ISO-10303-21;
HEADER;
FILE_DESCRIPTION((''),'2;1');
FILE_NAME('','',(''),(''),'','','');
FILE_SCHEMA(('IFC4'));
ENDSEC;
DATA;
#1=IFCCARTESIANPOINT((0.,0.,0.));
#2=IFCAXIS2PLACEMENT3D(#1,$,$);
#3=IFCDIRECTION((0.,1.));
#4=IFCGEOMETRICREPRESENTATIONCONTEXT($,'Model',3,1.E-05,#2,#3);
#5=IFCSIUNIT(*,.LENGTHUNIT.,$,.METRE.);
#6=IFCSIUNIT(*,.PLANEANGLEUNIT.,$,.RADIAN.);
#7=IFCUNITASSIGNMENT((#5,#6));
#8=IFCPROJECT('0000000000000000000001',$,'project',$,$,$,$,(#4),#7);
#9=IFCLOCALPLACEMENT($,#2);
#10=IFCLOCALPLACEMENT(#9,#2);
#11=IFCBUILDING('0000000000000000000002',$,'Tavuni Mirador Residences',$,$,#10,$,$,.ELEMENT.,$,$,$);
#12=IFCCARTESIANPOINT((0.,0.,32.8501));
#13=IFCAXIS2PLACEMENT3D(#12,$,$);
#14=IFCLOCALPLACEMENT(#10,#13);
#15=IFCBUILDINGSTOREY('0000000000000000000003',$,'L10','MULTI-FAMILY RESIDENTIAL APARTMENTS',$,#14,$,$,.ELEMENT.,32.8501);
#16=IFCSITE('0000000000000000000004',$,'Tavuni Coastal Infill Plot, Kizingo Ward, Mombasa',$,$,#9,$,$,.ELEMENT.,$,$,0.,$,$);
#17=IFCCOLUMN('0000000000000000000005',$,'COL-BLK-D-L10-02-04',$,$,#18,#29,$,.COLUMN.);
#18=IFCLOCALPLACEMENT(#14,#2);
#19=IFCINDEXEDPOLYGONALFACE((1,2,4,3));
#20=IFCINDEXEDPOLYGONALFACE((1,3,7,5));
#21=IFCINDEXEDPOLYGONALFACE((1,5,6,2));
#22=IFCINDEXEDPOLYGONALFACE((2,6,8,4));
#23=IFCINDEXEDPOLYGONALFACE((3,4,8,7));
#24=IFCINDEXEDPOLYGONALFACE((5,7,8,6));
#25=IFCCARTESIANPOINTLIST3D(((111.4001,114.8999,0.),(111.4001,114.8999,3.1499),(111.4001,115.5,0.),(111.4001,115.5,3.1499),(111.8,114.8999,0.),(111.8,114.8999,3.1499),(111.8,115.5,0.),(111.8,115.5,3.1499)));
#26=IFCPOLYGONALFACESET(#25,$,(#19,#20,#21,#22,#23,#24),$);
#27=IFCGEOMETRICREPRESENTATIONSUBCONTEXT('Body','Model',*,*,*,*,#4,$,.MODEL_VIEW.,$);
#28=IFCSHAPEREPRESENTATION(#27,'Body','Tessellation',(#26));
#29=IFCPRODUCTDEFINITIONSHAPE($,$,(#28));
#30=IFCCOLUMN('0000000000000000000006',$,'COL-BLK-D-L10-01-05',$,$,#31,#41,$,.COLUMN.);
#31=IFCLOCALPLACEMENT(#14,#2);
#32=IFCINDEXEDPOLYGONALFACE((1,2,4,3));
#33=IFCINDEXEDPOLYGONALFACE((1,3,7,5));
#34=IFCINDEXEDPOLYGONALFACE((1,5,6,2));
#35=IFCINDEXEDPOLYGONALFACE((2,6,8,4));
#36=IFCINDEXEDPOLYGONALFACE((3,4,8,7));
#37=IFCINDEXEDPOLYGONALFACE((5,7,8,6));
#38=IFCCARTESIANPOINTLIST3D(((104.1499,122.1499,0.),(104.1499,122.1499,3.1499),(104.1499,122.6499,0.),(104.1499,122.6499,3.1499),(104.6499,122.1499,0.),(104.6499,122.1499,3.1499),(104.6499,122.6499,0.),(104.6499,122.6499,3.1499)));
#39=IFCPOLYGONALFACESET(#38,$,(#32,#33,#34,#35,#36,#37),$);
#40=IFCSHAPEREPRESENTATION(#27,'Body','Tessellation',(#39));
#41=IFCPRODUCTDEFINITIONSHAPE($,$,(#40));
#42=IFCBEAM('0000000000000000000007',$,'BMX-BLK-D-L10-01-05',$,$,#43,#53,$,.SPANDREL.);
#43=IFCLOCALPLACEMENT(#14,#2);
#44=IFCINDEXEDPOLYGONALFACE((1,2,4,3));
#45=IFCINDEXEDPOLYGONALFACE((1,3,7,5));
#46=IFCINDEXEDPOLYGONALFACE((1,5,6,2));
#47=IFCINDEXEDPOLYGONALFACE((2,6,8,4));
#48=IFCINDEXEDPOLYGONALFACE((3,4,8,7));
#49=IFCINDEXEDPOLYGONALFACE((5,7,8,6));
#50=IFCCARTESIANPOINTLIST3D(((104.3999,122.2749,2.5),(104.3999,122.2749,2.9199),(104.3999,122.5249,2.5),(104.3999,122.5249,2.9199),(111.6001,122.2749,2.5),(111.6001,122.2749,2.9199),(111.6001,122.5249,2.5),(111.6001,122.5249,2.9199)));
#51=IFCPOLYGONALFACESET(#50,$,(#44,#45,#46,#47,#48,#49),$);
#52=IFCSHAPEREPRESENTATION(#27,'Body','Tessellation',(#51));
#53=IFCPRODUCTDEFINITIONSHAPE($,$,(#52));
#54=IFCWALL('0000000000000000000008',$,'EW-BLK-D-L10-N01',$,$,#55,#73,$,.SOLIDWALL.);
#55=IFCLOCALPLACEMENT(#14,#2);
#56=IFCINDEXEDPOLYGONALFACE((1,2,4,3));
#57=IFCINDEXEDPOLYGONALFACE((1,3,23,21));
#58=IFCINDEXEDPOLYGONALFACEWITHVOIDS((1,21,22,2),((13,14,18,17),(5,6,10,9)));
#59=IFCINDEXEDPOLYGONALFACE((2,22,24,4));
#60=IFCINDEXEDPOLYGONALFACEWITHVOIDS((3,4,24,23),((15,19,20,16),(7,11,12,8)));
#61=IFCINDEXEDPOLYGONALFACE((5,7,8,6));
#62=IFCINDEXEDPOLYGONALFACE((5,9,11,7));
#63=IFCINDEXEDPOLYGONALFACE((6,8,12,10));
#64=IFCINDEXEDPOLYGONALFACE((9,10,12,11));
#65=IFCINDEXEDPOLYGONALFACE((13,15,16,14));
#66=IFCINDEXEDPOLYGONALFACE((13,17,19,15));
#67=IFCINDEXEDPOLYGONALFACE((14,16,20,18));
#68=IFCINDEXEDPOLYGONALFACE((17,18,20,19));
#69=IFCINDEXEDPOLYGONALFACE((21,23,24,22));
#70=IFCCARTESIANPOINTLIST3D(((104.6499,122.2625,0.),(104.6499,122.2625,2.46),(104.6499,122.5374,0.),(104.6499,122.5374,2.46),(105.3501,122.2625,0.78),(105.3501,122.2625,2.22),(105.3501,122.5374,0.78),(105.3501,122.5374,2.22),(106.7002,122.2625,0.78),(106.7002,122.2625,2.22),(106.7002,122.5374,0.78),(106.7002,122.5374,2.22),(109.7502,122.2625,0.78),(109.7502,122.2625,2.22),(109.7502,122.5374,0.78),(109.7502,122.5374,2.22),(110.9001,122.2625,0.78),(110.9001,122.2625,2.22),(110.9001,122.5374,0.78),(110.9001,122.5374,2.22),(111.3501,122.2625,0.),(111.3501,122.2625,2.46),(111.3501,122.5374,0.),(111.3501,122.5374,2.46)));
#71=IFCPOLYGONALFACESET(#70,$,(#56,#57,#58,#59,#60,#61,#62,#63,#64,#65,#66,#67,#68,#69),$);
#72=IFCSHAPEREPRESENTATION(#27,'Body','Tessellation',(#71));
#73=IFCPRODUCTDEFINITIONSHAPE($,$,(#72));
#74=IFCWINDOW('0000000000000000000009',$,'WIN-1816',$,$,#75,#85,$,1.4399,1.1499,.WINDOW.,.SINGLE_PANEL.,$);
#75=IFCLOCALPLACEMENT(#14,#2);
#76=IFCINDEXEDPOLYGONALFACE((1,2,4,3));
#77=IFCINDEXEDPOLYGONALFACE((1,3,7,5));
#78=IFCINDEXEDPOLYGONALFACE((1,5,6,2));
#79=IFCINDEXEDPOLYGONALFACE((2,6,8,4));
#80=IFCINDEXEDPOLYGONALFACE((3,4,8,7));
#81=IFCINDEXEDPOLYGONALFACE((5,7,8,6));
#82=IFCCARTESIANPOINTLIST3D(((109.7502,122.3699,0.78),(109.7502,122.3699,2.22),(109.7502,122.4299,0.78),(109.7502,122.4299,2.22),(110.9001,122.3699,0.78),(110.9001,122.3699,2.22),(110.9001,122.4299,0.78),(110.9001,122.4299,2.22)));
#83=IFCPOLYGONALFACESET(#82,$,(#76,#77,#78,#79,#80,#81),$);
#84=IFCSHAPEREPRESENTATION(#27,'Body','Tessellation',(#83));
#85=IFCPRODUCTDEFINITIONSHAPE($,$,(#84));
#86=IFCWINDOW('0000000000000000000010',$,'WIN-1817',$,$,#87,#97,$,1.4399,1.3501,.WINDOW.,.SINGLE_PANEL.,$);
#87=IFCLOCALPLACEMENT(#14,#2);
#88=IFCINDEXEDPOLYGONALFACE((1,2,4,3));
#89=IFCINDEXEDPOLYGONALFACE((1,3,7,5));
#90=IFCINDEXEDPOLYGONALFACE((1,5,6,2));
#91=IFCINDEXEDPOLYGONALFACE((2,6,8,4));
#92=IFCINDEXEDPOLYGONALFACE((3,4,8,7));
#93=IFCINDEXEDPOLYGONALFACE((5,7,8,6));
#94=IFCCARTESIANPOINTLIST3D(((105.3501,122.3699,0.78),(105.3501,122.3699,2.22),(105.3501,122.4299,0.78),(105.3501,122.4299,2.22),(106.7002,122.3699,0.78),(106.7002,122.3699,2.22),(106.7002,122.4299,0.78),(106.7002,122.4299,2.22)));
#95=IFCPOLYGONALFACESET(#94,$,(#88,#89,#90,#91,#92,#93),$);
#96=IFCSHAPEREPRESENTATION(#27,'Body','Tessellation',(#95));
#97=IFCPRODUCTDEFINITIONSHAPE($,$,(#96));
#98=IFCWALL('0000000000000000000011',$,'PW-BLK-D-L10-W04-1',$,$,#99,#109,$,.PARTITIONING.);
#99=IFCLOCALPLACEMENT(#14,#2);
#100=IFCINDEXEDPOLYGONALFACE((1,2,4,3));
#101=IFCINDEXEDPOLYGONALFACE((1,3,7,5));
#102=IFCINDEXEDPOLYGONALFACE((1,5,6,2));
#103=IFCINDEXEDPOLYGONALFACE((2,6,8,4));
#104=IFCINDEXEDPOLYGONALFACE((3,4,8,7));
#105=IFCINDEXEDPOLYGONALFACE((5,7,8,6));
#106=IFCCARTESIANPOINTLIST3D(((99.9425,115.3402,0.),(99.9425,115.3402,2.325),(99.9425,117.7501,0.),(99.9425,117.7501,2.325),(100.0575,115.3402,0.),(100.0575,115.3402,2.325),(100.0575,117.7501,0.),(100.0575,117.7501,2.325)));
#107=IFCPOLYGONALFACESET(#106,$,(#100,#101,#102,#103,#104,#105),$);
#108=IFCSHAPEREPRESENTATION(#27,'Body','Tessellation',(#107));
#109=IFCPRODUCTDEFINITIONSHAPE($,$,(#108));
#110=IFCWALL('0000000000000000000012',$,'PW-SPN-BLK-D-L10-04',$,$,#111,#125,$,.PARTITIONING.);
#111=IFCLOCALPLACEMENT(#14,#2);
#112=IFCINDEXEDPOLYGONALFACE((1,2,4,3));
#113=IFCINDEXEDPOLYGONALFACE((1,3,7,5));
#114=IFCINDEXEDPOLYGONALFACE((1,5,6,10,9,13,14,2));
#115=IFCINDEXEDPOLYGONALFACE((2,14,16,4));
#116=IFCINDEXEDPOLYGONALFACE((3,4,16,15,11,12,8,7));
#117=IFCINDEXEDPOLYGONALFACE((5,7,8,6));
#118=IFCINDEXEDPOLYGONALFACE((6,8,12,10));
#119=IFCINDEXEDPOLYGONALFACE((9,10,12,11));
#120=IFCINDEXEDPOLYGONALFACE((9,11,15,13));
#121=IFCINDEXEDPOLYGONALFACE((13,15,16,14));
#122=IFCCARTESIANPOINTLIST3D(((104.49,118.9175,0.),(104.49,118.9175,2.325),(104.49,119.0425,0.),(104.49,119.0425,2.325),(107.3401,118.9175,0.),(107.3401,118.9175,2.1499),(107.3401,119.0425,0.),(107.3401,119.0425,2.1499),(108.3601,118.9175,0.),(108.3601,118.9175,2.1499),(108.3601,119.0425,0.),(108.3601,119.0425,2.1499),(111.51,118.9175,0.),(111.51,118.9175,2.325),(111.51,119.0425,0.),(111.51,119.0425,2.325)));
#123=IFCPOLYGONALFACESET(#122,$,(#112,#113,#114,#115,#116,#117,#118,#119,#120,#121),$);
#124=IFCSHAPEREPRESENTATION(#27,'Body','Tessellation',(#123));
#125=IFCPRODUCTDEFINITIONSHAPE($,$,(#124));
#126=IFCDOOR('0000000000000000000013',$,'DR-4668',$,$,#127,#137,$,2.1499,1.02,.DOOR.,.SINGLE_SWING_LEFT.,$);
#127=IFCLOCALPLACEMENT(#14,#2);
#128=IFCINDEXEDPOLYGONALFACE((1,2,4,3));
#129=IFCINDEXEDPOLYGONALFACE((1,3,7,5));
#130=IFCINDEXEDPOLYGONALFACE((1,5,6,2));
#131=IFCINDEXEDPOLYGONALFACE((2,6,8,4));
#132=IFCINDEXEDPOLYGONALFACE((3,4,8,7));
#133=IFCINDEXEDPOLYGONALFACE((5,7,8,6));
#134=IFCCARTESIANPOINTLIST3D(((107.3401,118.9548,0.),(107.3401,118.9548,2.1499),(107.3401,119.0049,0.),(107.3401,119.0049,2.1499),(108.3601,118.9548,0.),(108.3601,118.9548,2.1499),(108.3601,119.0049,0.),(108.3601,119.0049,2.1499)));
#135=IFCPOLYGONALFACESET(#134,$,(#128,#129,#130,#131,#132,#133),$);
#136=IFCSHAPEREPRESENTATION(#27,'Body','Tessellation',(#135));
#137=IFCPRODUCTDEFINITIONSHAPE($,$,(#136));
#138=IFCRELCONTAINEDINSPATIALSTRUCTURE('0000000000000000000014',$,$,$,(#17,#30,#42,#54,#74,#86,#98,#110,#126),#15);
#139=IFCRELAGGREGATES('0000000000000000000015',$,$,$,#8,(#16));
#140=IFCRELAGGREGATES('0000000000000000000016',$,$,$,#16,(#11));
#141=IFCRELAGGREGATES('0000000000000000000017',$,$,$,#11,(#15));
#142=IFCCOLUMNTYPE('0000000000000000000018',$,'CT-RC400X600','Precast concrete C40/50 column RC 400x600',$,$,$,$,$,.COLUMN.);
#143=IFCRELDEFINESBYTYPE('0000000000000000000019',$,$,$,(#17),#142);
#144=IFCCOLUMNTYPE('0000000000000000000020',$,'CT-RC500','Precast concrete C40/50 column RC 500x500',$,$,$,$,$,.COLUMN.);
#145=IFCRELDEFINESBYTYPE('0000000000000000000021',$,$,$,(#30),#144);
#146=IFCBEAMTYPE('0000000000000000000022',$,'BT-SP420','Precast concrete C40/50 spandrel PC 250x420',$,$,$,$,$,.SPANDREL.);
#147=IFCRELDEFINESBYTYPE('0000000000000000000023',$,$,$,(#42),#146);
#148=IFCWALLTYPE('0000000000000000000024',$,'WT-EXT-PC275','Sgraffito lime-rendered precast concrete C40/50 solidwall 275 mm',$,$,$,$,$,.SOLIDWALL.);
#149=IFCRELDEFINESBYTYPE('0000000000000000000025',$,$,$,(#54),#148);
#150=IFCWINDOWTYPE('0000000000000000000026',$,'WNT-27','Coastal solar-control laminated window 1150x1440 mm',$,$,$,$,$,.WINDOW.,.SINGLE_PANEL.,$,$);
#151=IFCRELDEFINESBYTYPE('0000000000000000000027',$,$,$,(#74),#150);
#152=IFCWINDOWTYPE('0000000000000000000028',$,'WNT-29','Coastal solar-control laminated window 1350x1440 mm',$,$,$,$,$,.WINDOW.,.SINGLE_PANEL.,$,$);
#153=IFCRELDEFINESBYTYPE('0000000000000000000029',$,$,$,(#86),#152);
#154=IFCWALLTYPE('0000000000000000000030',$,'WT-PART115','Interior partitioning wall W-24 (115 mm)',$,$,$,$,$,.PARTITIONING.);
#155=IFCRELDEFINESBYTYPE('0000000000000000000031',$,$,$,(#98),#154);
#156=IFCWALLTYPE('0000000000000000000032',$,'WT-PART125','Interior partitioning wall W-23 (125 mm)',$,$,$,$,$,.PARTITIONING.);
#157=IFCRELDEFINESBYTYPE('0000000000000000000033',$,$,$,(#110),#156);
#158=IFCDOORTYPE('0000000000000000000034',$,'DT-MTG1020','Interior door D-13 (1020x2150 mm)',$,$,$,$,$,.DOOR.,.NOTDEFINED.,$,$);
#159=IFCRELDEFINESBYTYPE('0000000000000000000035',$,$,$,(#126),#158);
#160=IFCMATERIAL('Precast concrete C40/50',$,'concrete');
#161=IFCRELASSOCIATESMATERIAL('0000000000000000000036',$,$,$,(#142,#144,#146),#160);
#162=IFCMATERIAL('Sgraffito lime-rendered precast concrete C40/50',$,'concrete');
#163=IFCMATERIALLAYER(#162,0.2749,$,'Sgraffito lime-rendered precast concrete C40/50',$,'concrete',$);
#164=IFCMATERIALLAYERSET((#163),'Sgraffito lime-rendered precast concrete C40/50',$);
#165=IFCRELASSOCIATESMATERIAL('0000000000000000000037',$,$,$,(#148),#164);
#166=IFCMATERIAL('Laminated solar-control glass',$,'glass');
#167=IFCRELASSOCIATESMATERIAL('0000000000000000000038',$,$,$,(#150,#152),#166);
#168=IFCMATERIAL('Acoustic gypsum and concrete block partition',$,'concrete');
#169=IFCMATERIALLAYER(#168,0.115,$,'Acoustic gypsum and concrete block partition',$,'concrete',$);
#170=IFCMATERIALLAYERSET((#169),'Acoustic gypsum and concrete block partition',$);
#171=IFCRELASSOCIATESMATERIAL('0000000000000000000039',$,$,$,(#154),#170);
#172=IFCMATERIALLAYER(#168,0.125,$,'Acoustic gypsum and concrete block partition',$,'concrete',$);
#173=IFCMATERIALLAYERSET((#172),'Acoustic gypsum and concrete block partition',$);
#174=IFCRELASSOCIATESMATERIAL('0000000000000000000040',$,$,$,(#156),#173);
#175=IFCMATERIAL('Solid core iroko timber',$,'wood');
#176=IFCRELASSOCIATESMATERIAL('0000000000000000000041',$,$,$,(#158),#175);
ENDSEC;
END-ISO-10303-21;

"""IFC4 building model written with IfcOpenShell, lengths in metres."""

from ifc_helpers import new_model, si_unit, direction, frame, frame_2d, origin, origin_2d, place, context, subcontext, project, spatial, rectangle, extrude, material, layer, layer_set, material_profile, profile_set, type_object, element, fill, save


model = new_model("IFC4")

# Units and contexts
model_context = context("Model", 3, precision=1e-05, world=origin(), true_north=direction((0.0, 1.0)))
body_context = subcontext(model_context, "Body", "Model", "MODEL_VIEW")
ifc_project = project(units=[si_unit("LENGTHUNIT", "METRE"), si_unit("PLANEANGLEUNIT", "RADIAN")], contexts=[model_context])

# Site, building, storey
site_placement = place(None, origin())
site = spatial("IfcSite", under=ifc_project, at=site_placement, Name="Tavuni Coastal Infill Plot, Kizingo Ward, Mombasa", CompositionType="ELEMENT", RefElevation=0.0)
building_placement = place(site_placement, origin())
building = spatial("IfcBuilding", under=site, at=building_placement, Name="Tavuni Mirador Residences", CompositionType="ELEMENT")
storey_placement = place(building_placement, frame((0.0, 0.0, 32.8501)))
storey = spatial("IfcBuildingStorey", under=building, at=storey_placement, Name="L10", Description="MULTI-FAMILY RESIDENTIAL APARTMENTS", CompositionType="ELEMENT", Elevation=32.8501)

# Columns
ifc_material_1 = material(Name="Precast concrete C40/50", Category="concrete")
ifc_material_profile_1 = material_profile(ifc_material_1, rectangle(XDim=0.3999, YDim=0.6001, at=origin_2d()), Name="RC 400x600", Category="concrete")
ifc_profile_set_1 = profile_set([ifc_material_profile_1], Name="Precast concrete C40/50")
column_type_1 = type_object("IfcColumnType", Name="CT-RC400X600", Description="Precast concrete C40/50 column RC 400x600", PredefinedType="COLUMN", material=ifc_profile_set_1)
column_1_placement = place(storey_placement, frame((111.6001, 115.2, 0.0), z_axis=(0.0, 0.0, 1.0), x_axis=(1.0, 0.0, 0.0)))
element("IfcColumn", 1, at=column_1_placement, inside=storey, type_object=column_type_1, Name="COL-BLK-D-L10-02-04", PredefinedType="COLUMN", context=body_context, shape_type="SweptSolid", body=[
    extrude(rectangle(XDim=0.3999, YDim=0.6001, at=origin_2d()), origin(), (0.0, 0.0, 1.0), 3.1499),
])
ifc_material_profile_2 = material_profile(ifc_material_1, rectangle(XDim=0.5, YDim=0.5, at=origin_2d()), Name="RC 500x500", Category="concrete")
ifc_profile_set_2 = profile_set([ifc_material_profile_2], Name="Precast concrete C40/50")
column_type_2 = type_object("IfcColumnType", Name="CT-RC500", Description="Precast concrete C40/50 column RC 500x500", PredefinedType="COLUMN", material=ifc_profile_set_2)
column_2_placement = place(storey_placement, frame((104.3999, 122.3999, 0.0), z_axis=(0.0, 0.0, 1.0), x_axis=(1.0, 0.0, 0.0)))
element("IfcColumn", 2, at=column_2_placement, inside=storey, type_object=column_type_2, Name="COL-BLK-D-L10-01-05", PredefinedType="COLUMN", context=body_context, shape_type="SweptSolid", body=[
    extrude(rectangle(XDim=0.5, YDim=0.5, at=origin_2d()), origin(), (0.0, 0.0, 1.0), 3.1499),
])

# Beam
ifc_material_profile_3 = material_profile(ifc_material_1, rectangle(XDim=0.25, YDim=0.4199, at=origin_2d()), Name="PC 250x420", Category="concrete")
ifc_profile_set_3 = profile_set([ifc_material_profile_3], Name="Precast concrete C40/50")
beam_type = type_object("IfcBeamType", Name="BT-SP420", Description="Precast concrete C40/50 spandrel PC 250x420", PredefinedType="SPANDREL", material=ifc_profile_set_3)
beam_placement = place(storey_placement, frame((104.3999, 122.3999, 2.71), z_axis=(1.0, 0.0, 0.0), x_axis=(0.0, 1.0, 0.0)))
element("IfcBeam", 3, at=beam_placement, inside=storey, type_object=beam_type, Name="BMX-BLK-D-L10-01-05", PredefinedType="SPANDREL", context=body_context, shape_type="SweptSolid", body=[
    extrude(rectangle(XDim=0.25, YDim=0.4199, at=origin_2d()), origin(), (0.0, 0.0, 1.0), 7.2002),
])

# Shared definitions
ifc_material_2 = material(Name="Solid core iroko timber", Category="wood")

# Wall, openings, windows
ifc_material_3 = material(Name="Sgraffito lime-rendered precast concrete C40/50", Category="concrete")
ifc_layer_1 = layer(ifc_material_3, 0.2749, Name="Sgraffito lime-rendered precast concrete C40/50", Category="concrete")
ifc_layer_set_1 = layer_set([ifc_layer_1], Name="Sgraffito lime-rendered precast concrete C40/50")
wall_type_1 = type_object("IfcWallType", Name="WT-EXT-PC275", Description="Sgraffito lime-rendered precast concrete C40/50 solidwall 275 mm", PredefinedType="SOLIDWALL", material=ifc_layer_set_1)
wall_1_placement = place(storey_placement, frame((111.3501, 122.3999, 0.0), z_axis=(0.0, 0.0, 1.0), x_axis=(-1.0, 0.0, 0.0)))
wall_1 = element("IfcWall", 4, at=wall_1_placement, inside=storey, type_object=wall_type_1, Name="EW-BLK-D-L10-N01", PredefinedType="SOLIDWALL", context=body_context, shape_type="SweptSolid", body=[
    extrude(rectangle(XDim=6.7002, YDim=0.2749, at=frame_2d((3.3501, 0.0))), origin(), (0.0, 0.0, 1.0), 2.46),
])
opening_1_placement = place(wall_1_placement, frame((0.45, 0.0, 0.78)))
opening_1 = element("IfcOpeningElement", 5, at=opening_1_placement, cuts=wall_1, PredefinedType="OPENING", context=body_context, shape_type="SweptSolid", body=[
    extrude(rectangle(XDim=1.1499, YDim=1.4399, at=frame_2d((0.575, 0.72))), frame((0.0, 0.1475, 0.0), z_axis=(0.0, -1.0, 0.0), x_axis=(1.0, 0.0, 0.0)), (0.0, 0.0, 1.0), 0.2949),
])
opening_2_placement = place(wall_1_placement, frame((4.6499, 0.0, 0.78)))
opening_2 = element("IfcOpeningElement", 6, at=opening_2_placement, cuts=wall_1, PredefinedType="OPENING", context=body_context, shape_type="SweptSolid", body=[
    extrude(rectangle(XDim=1.3501, YDim=1.4399, at=frame_2d((0.675, 0.72))), frame((0.0, 0.1475, 0.0), z_axis=(0.0, -1.0, 0.0), x_axis=(1.0, 0.0, 0.0)), (0.0, 0.0, 1.0), 0.2949),
])
ifc_material_4 = material(Name="Laminated solar-control glass", Category="glass")
window_type_1 = type_object("IfcWindowType", Name="WNT-27", Description="Coastal solar-control laminated window 1150x1440 mm", PartitioningType="SINGLE_PANEL", PredefinedType="WINDOW", material=ifc_material_4)
window_1_placement = place(opening_1_placement, origin())
window_1 = element("IfcWindow", 7, at=window_1_placement, inside=storey, type_object=window_type_1, Name="WIN-1816", OverallHeight=1.4399, OverallWidth=1.1499, PartitioningType="SINGLE_PANEL", PredefinedType="WINDOW", context=body_context, shape_type="SweptSolid", body=[
    extrude(rectangle(XDim=1.1499, YDim=1.4399, at=frame_2d((0.575, 0.72))), frame((0.0, 0.03, 0.0), z_axis=(0.0, -1.0, 0.0), x_axis=(1.0, 0.0, 0.0)), (0.0, 0.0, 1.0), 0.0601),
])
fill(opening_1, window_1)
window_type_2 = type_object("IfcWindowType", Name="WNT-29", Description="Coastal solar-control laminated window 1350x1440 mm", PartitioningType="SINGLE_PANEL", PredefinedType="WINDOW", material=ifc_material_4)
window_2_placement = place(opening_2_placement, origin())
window_2 = element("IfcWindow", 8, at=window_2_placement, inside=storey, type_object=window_type_2, Name="WIN-1817", OverallHeight=1.4399, OverallWidth=1.3501, PartitioningType="SINGLE_PANEL", PredefinedType="WINDOW", context=body_context, shape_type="SweptSolid", body=[
    extrude(rectangle(XDim=1.3501, YDim=1.4399, at=frame_2d((0.675, 0.72))), frame((0.0, 0.03, 0.0), z_axis=(0.0, -1.0, 0.0), x_axis=(1.0, 0.0, 0.0)), (0.0, 0.0, 1.0), 0.0601),
])
fill(opening_2, window_2)

# Wall
ifc_material_5 = material(Name="Acoustic gypsum and concrete block partition", Category="concrete")
ifc_layer_2 = layer(ifc_material_5, 0.115, Name="Acoustic gypsum and concrete block partition", Category="concrete")
ifc_layer_set_2 = layer_set([ifc_layer_2], Name="Acoustic gypsum and concrete block partition")
wall_type_2 = type_object("IfcWallType", Name="WT-PART115", Description="Interior partitioning wall W-24 (115 mm)", PredefinedType="PARTITIONING", material=ifc_layer_set_2)
wall_2_placement = place(storey_placement, frame((100.0, 115.3401, 0.0), z_axis=(0.0, 0.0, 1.0), x_axis=(0.0, 1.0, 0.0)))
element("IfcWall", 9, at=wall_2_placement, inside=storey, type_object=wall_type_2, Name="PW-BLK-D-L10-W04-1", PredefinedType="PARTITIONING", context=body_context, shape_type="SweptSolid", body=[
    extrude(rectangle(XDim=2.4099, YDim=0.115, at=frame_2d((1.2051, 0.0))), origin(), (0.0, 0.0, 1.0), 2.325),
])

# Wall, opening, door
ifc_layer_3 = layer(ifc_material_5, 0.125, Name="Acoustic gypsum and concrete block partition", Category="concrete")
ifc_layer_set_3 = layer_set([ifc_layer_3], Name="Acoustic gypsum and concrete block partition")
wall_type_3 = type_object("IfcWallType", Name="WT-PART125", Description="Interior partitioning wall W-23 (125 mm)", PredefinedType="PARTITIONING", material=ifc_layer_set_3)
wall_3_placement = place(storey_placement, frame((104.49, 118.98, 0.0), z_axis=(0.0, 0.0, 1.0), x_axis=(1.0, 0.0, 0.0)))
wall_3 = element("IfcWall", 10, at=wall_3_placement, inside=storey, type_object=wall_type_3, Name="PW-SPN-BLK-D-L10-04", PredefinedType="PARTITIONING", context=body_context, shape_type="SweptSolid", body=[
    extrude(rectangle(XDim=7.02, YDim=0.125, at=frame_2d((3.51, 0.0))), origin(), (0.0, 0.0, 1.0), 2.325),
])
opening_3_placement = place(wall_3_placement, frame((2.8501, 0.0, 0.0)))
opening_3 = element("IfcOpeningElement", 11, at=opening_3_placement, cuts=wall_3, PredefinedType="OPENING", context=body_context, shape_type="SweptSolid", body=[
    extrude(rectangle(XDim=1.02, YDim=2.1499, at=frame_2d((0.51, 1.075))), frame((0.0, 0.0725, 0.0), z_axis=(0.0, -1.0, 0.0), x_axis=(1.0, 0.0, 0.0)), (0.0, 0.0, 1.0), 0.145),
])
door_type_1 = type_object("IfcDoorType", Name="DT-MTG1020", Description="Interior door D-13 (1020x2150 mm)", OperationType="NOTDEFINED", PredefinedType="DOOR", material=ifc_material_2)
door_1_placement = place(opening_3_placement, origin())
door_1 = element("IfcDoor", 12, at=door_1_placement, inside=storey, type_object=door_type_1, Name="DR-4668", OperationType="SINGLE_SWING_LEFT", OverallHeight=2.1499, OverallWidth=1.02, PredefinedType="DOOR", context=body_context, shape_type="SweptSolid", body=[
    extrude(rectangle(XDim=1.02, YDim=2.1499, at=frame_2d((0.51, 1.075))), frame((0.0, 0.0249, 0.0), z_axis=(0.0, -1.0, 0.0), x_axis=(1.0, 0.0, 0.0)), (0.0, 0.0, 1.0), 0.05),
])
fill(opening_3, door_1)

save(model, "model.ifc")
